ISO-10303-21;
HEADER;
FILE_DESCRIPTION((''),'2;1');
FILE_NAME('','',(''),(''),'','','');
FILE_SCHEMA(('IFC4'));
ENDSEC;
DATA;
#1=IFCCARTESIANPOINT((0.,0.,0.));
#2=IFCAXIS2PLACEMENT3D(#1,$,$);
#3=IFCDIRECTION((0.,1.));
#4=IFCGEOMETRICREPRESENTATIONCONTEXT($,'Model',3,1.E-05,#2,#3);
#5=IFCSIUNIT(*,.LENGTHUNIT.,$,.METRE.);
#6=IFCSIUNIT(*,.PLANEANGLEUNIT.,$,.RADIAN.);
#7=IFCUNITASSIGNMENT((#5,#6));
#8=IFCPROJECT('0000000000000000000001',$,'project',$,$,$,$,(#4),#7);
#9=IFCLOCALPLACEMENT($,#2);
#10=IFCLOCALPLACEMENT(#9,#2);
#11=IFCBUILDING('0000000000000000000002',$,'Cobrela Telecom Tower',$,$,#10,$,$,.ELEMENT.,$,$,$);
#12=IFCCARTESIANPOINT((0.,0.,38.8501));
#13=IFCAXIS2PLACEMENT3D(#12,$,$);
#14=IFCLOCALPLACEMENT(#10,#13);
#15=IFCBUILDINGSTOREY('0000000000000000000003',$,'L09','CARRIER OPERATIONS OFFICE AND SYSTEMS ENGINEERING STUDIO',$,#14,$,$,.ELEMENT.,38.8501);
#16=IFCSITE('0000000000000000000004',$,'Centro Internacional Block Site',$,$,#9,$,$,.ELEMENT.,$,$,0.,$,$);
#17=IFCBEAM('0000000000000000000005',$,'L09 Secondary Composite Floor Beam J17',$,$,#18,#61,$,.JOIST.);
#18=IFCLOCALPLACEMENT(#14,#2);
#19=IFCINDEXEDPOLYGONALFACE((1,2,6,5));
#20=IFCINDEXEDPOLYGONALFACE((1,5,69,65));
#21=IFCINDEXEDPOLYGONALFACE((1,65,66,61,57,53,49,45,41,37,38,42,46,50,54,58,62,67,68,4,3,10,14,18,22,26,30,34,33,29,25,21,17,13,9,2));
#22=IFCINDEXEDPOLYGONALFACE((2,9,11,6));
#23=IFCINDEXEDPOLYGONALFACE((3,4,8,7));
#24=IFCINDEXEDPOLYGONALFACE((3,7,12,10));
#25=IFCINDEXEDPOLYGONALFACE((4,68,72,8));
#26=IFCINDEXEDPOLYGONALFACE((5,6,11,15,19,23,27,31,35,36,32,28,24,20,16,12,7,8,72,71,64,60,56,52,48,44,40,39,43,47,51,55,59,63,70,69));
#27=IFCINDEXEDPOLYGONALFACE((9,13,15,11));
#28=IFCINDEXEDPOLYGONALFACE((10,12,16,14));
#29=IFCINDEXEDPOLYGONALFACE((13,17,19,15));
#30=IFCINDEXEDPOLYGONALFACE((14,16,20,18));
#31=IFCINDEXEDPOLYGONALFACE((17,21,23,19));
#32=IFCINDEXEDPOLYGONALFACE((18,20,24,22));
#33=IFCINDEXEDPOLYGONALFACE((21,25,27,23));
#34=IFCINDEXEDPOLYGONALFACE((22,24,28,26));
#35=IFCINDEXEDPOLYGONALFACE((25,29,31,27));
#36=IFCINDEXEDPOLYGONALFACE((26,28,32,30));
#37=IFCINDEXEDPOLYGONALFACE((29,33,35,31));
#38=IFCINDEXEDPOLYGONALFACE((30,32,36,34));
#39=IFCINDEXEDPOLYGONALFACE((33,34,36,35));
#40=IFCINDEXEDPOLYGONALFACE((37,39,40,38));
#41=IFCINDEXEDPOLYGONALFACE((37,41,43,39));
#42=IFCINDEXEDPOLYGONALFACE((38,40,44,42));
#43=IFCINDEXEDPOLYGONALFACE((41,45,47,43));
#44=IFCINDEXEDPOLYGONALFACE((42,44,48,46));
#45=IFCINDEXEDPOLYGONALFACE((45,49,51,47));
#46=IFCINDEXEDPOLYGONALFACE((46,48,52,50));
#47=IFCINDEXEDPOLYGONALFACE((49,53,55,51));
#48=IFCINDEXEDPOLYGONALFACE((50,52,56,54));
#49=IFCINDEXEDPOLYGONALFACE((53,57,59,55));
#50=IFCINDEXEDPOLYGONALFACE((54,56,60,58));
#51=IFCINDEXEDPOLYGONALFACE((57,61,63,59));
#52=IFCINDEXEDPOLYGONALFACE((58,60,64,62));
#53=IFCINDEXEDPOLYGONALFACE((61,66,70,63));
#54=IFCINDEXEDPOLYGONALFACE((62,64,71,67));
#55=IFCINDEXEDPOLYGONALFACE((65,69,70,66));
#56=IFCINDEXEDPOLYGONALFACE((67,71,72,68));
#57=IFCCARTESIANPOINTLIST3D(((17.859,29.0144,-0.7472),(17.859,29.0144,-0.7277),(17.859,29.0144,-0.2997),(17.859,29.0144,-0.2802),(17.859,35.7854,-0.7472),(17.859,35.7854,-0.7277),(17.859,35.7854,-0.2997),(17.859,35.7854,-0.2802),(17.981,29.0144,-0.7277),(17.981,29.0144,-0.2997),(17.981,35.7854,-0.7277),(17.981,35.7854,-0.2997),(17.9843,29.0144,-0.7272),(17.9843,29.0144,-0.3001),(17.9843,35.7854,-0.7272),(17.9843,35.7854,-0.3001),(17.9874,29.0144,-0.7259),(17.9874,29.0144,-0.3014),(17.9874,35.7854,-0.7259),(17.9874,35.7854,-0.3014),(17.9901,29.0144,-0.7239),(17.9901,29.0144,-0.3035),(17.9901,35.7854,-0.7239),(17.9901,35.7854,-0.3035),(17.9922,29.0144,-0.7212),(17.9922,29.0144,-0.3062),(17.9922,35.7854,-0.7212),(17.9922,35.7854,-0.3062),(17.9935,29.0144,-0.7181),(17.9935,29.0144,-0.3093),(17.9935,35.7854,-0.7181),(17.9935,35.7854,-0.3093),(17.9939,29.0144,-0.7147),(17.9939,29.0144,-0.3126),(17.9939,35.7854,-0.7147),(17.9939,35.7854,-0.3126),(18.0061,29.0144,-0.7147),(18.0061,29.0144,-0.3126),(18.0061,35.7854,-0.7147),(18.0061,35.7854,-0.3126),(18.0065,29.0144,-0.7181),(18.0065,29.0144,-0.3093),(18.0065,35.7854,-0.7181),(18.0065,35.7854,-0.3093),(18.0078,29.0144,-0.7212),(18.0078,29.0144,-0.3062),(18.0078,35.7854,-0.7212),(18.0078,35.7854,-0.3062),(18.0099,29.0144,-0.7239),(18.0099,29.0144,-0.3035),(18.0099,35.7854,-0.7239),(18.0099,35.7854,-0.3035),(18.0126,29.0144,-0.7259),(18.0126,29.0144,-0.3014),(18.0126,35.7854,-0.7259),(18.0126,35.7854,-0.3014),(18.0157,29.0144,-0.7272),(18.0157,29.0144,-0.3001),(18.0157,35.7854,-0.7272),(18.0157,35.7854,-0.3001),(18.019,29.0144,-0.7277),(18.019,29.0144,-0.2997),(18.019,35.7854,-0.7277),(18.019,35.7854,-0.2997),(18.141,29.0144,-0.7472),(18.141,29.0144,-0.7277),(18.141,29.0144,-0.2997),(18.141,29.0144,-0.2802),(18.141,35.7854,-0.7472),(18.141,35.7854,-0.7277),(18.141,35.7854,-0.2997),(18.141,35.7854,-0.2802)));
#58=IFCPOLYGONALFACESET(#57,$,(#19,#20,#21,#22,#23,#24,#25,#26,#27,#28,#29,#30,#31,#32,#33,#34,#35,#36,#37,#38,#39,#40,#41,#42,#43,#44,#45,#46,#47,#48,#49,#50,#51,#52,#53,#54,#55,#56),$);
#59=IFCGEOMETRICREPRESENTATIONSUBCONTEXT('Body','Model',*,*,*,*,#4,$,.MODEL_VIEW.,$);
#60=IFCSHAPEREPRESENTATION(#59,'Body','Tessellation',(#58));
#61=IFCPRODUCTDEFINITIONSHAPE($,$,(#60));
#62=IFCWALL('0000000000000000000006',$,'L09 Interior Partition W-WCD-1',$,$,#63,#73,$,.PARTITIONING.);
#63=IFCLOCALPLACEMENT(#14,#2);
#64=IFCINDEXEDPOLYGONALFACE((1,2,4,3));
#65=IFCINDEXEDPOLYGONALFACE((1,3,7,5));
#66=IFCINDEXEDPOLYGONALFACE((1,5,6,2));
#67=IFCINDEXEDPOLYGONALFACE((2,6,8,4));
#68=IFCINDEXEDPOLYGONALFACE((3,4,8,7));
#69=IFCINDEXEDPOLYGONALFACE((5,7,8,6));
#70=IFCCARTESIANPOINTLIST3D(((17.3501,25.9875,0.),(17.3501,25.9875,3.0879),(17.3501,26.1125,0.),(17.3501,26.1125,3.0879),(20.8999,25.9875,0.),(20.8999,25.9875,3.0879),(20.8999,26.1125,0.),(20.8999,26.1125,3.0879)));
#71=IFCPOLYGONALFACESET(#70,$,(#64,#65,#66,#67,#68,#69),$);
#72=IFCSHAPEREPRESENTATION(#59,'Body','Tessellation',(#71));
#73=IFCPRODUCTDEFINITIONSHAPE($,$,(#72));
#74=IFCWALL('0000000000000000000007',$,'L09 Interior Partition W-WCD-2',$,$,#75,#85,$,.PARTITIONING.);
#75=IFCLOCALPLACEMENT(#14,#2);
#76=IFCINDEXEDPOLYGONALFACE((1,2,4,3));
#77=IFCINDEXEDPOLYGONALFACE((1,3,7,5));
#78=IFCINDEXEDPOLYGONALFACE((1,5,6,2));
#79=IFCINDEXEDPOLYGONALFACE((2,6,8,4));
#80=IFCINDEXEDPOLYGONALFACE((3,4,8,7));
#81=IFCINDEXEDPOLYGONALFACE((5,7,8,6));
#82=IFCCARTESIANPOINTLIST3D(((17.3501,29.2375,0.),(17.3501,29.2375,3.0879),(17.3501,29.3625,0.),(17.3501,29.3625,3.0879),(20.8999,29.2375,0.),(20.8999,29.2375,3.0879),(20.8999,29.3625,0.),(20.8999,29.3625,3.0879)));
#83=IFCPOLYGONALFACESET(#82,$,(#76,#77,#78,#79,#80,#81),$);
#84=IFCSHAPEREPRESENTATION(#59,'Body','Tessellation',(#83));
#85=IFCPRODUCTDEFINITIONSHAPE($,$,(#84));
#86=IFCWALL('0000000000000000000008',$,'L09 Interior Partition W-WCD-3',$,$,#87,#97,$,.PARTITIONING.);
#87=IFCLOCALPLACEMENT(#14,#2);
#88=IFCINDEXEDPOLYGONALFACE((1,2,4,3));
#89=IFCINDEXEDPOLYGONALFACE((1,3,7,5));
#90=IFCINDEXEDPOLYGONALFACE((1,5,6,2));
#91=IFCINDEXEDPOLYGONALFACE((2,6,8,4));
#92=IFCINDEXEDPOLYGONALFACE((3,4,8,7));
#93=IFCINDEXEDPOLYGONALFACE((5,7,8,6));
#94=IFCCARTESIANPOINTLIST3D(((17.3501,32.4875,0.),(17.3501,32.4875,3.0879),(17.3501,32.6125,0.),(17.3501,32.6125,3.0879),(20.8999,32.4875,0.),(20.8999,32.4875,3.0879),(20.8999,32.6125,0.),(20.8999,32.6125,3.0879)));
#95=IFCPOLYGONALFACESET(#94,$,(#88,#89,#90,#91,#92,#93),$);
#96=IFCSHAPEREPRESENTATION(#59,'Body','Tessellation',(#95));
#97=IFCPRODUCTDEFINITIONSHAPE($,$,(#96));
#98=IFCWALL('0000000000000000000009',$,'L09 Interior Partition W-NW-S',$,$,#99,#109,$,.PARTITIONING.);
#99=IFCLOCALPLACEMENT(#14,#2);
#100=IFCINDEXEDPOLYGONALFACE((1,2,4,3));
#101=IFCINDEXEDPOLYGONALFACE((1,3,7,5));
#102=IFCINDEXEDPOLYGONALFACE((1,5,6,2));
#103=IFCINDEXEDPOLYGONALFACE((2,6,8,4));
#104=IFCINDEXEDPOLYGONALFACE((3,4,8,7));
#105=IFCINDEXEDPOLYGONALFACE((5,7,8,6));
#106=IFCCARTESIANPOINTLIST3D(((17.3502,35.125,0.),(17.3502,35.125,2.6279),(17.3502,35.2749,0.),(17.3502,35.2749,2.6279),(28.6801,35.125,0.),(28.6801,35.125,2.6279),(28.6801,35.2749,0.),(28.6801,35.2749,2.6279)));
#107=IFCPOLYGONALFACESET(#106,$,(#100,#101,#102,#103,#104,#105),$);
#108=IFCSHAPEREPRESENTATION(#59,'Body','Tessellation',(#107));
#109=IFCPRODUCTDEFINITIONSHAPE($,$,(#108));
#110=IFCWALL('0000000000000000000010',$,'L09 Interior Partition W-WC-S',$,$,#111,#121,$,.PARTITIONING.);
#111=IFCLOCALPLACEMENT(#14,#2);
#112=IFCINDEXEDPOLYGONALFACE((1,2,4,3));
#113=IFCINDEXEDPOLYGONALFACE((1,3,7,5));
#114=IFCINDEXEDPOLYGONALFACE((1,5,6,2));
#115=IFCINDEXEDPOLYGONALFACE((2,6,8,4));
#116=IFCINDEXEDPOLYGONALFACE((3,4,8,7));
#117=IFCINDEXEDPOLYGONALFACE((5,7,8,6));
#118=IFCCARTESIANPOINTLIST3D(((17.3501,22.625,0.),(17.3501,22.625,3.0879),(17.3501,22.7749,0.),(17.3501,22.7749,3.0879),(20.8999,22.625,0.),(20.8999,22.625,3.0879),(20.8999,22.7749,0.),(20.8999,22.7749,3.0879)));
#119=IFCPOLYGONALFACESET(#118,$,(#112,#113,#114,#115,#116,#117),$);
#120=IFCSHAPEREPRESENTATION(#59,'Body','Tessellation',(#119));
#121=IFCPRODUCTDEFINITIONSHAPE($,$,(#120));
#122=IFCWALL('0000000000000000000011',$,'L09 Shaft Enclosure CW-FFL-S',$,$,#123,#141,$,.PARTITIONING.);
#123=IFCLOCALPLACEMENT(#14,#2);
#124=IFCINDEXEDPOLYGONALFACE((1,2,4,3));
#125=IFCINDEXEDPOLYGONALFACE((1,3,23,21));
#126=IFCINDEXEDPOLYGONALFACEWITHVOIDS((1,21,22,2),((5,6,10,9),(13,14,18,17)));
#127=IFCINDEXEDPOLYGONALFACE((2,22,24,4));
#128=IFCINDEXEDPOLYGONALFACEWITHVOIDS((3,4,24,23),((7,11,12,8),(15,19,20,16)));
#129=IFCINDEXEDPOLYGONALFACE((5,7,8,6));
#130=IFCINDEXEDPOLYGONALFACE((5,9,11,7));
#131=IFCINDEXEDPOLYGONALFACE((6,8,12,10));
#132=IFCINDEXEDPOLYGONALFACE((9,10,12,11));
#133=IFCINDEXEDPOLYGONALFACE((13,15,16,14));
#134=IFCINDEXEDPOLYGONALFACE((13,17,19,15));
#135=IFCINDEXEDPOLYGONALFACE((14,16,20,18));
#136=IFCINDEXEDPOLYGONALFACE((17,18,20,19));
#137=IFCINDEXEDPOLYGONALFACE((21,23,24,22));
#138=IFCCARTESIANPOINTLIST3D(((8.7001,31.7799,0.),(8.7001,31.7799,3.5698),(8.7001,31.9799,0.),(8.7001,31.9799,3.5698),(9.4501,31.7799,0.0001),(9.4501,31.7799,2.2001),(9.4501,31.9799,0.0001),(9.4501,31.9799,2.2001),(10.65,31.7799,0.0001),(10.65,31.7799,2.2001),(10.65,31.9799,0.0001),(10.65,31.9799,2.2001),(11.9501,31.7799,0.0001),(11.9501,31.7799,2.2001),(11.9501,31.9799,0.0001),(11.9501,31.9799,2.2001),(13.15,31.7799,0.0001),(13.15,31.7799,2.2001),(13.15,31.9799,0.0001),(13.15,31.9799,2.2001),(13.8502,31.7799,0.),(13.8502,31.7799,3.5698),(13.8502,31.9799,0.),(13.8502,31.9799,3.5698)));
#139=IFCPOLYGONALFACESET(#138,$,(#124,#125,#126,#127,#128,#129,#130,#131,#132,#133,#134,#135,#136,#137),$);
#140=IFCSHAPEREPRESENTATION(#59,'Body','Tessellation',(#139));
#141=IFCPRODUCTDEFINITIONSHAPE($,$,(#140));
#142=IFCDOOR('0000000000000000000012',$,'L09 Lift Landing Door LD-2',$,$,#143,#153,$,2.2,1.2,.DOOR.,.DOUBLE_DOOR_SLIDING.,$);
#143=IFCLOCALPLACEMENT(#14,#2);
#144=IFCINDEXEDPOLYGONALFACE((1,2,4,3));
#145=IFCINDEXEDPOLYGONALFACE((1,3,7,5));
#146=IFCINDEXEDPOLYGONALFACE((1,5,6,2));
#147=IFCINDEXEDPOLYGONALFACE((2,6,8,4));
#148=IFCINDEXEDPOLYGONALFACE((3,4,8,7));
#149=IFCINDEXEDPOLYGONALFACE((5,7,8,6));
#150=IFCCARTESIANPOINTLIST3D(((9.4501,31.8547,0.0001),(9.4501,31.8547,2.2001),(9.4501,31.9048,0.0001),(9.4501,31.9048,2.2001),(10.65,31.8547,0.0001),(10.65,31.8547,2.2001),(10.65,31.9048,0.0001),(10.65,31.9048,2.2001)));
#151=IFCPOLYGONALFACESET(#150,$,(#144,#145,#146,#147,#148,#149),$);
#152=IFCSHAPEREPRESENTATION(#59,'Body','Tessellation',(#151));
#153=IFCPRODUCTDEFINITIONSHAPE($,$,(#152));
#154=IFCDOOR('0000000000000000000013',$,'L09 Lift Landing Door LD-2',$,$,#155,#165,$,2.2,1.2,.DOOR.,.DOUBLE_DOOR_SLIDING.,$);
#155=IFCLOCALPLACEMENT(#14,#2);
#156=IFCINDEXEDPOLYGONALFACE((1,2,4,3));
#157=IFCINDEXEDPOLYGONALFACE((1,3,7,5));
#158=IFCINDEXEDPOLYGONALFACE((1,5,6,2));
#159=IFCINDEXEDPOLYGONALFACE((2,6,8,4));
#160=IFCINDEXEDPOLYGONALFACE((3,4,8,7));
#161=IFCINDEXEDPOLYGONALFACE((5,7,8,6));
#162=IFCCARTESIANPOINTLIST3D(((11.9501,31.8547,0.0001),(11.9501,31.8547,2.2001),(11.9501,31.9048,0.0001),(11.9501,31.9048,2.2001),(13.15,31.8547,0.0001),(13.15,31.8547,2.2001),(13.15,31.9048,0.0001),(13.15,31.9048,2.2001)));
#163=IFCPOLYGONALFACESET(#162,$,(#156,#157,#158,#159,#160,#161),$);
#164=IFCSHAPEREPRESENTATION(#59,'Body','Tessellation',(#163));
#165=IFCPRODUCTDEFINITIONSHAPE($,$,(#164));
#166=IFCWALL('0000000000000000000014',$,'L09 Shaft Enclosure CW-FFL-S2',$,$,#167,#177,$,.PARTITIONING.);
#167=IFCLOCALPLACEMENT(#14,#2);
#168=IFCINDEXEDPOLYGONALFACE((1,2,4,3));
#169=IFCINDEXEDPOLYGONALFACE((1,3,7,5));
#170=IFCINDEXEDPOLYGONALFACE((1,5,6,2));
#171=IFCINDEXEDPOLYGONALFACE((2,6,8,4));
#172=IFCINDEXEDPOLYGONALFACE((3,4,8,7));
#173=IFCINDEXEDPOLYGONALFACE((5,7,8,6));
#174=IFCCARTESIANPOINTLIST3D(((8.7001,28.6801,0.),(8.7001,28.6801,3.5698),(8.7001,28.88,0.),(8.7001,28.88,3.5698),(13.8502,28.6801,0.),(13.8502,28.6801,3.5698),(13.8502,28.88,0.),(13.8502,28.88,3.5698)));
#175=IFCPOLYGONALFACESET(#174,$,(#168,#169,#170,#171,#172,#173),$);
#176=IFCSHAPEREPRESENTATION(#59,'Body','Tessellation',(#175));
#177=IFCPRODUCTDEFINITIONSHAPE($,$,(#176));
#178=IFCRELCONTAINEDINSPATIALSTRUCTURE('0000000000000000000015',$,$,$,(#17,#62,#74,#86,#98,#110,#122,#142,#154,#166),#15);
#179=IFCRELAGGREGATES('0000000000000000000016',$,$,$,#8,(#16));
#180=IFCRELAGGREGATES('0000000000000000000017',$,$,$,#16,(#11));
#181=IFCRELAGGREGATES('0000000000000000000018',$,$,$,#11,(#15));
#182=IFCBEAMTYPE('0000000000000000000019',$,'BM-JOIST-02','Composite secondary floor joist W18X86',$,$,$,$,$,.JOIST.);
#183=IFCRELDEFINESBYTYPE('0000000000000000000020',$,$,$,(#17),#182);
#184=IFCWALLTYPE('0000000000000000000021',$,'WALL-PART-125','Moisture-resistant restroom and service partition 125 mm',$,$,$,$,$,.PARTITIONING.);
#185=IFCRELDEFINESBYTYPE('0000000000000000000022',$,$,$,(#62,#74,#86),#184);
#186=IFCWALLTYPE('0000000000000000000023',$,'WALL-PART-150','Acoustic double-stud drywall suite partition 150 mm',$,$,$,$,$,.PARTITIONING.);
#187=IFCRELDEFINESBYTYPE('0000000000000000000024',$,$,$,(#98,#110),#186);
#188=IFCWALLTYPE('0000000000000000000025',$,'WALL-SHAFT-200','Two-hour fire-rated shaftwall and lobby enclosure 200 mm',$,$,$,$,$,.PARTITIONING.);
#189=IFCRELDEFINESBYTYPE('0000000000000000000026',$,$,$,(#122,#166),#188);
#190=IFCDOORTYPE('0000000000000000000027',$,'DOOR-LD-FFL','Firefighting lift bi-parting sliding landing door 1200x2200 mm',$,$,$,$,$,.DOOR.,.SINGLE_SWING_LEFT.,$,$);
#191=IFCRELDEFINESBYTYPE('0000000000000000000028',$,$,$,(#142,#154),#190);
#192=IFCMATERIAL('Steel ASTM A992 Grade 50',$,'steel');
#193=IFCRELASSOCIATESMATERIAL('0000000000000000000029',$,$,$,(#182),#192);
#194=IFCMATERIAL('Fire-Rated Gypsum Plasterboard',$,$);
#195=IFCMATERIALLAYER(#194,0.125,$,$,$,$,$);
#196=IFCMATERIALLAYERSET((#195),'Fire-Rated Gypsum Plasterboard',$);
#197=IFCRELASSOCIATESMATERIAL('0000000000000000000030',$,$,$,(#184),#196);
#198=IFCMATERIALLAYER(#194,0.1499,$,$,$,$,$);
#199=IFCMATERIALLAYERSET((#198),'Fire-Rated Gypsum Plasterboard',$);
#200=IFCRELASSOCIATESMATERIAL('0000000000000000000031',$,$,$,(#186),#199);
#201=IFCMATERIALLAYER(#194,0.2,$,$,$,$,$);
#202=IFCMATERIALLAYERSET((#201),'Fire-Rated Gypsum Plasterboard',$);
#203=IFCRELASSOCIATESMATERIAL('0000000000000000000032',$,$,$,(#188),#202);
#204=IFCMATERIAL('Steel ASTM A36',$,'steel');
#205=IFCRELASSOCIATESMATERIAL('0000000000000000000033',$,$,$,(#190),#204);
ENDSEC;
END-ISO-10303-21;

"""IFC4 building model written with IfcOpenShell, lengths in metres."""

from ifc_helpers import new_model, si_unit, direction, frame, frame_2d, origin, origin_2d, place, context, subcontext, project, spatial, rectangle, i_section, extrude, material, layer, layer_set, material_profile, profile_set, type_object, element, fill, save


model = new_model("IFC4")

# Units and contexts
model_context = context("Model", 3, precision=1e-05, world=origin(), true_north=direction((0.0, 1.0)))
body_context = subcontext(model_context, "Body", "Model", "MODEL_VIEW")
ifc_project = project(units=[si_unit("LENGTHUNIT", "METRE"), si_unit("PLANEANGLEUNIT", "RADIAN")], contexts=[model_context])

# Site, building, storey
site_placement = place(None, origin())
site = spatial("IfcSite", under=ifc_project, at=site_placement, Name="Centro Internacional Block Site", CompositionType="ELEMENT", RefElevation=0.0)
building_placement = place(site_placement, origin())
building = spatial("IfcBuilding", under=site, at=building_placement, Name="Cobrela Telecom Tower", CompositionType="ELEMENT")
storey_placement = place(building_placement, frame((0.0, 0.0, 38.8501)))
storey = spatial("IfcBuildingStorey", under=building, at=storey_placement, Name="L09", Description="CARRIER OPERATIONS OFFICE AND SYSTEMS ENGINEERING STUDIO", CompositionType="ELEMENT", Elevation=38.8501)

# Beam
ifc_material_1 = material(Name="Steel ASTM A992 Grade 50", Category="steel")
ifc_material_profile_1 = material_profile(ifc_material_1, i_section(OverallWidth=0.282, OverallDepth=0.467, WebThickness=0.0122, FlangeThickness=0.0195, FilletRadius=0.0129, at=origin_2d()), Name="W18X86")
ifc_profile_set_1 = profile_set([ifc_material_profile_1], Name="Steel ASTM A992 Grade 50")
beam_type_1 = type_object("IfcBeamType", Name="BM-JOIST-02", Description="Composite secondary floor joist W18X86", PredefinedType="JOIST", material=ifc_profile_set_1)
for number, where, z_axis, x_axis, name in (
    (1, (18.0, 29.0144, -0.5137), (0.0, 1.0, 0.0), (-1.0, 0.0, 0.0), "L09 Secondary Composite Floor Beam J17"),
):
    element("IfcBeam", number, at=place(storey_placement, frame(where, z_axis=z_axis, x_axis=x_axis)), inside=storey, type_object=beam_type_1, Name=name, PredefinedType="JOIST", context=body_context, shape_type="SweptSolid", body=[
        extrude(i_section(OverallWidth=0.282, OverallDepth=0.467, WebThickness=0.0122, FlangeThickness=0.0195, FilletRadius=0.0129, at=origin_2d()), origin(), (0.0, 0.0, 1.0), 6.771),
    ])

# Shared definitions
ifc_material_2 = material(Name="Steel ASTM A36", Category="steel")

# Walls
ifc_material_3 = material(Name="Fire-Rated Gypsum Plasterboard")
ifc_layer_1 = layer(ifc_material_3, 0.125)
ifc_layer_set_1 = layer_set([ifc_layer_1], Name="Fire-Rated Gypsum Plasterboard")
wall_type_1 = type_object("IfcWallType", Name="WALL-PART-125", Description="Moisture-resistant restroom and service partition 125 mm", PredefinedType="PARTITIONING", material=ifc_layer_set_1)
for number, where, z_axis, x_axis, name in (
    (2, (17.3501, 26.05, 0.0), (0.0, 0.0, 1.0), (1.0, 0.0, 0.0), "L09 Interior Partition W-WCD-1"),
    (3, (17.3501, 29.3, 0.0), (0.0, 0.0, 1.0), (1.0, 0.0, 0.0), "L09 Interior Partition W-WCD-2"),
    (4, (17.3501, 32.55, 0.0), (0.0, 0.0, 1.0), (1.0, 0.0, 0.0), "L09 Interior Partition W-WCD-3"),
):
    element("IfcWall", number, at=place(storey_placement, frame(where, z_axis=z_axis, x_axis=x_axis)), inside=storey, type_object=wall_type_1, Name=name, PredefinedType="PARTITIONING", context=body_context, shape_type="SweptSolid", body=[
        extrude(rectangle(XDim=3.5498, YDim=0.125, at=frame_2d((1.7749, 0.0))), origin(), (0.0, 0.0, 1.0), 3.0879),
    ])

# Shared definitions
ifc_layer_2 = layer(ifc_material_3, 0.1499)
ifc_layer_set_2 = layer_set([ifc_layer_2], Name="Fire-Rated Gypsum Plasterboard")
wall_type_2 = type_object("IfcWallType", Name="WALL-PART-150", Description="Acoustic double-stud drywall suite partition 150 mm", PredefinedType="PARTITIONING", material=ifc_layer_set_2)

# Walls
wall_1_placement = place(storey_placement, frame((17.3501, 35.2, 0.0), z_axis=(0.0, 0.0, 1.0), x_axis=(1.0, 0.0, 0.0)))
element("IfcWall", 5, at=wall_1_placement, inside=storey, type_object=wall_type_2, Name="L09 Interior Partition W-NW-S", PredefinedType="PARTITIONING", context=body_context, shape_type="SweptSolid", body=[
    extrude(rectangle(XDim=11.3298, YDim=0.1499, at=frame_2d((5.665, 0.0))), origin(), (0.0, 0.0, 1.0), 2.6279),
])
wall_2_placement = place(storey_placement, frame((17.3501, 22.7, 0.0), z_axis=(0.0, 0.0, 1.0), x_axis=(1.0, 0.0, 0.0)))
element("IfcWall", 6, at=wall_2_placement, inside=storey, type_object=wall_type_2, Name="L09 Interior Partition W-WC-S", PredefinedType="PARTITIONING", context=body_context, shape_type="SweptSolid", body=[
    extrude(rectangle(XDim=3.5498, YDim=0.1499, at=frame_2d((1.7749, 0.0))), origin(), (0.0, 0.0, 1.0), 3.0879),
])

# Wall, openings, doors
ifc_layer_3 = layer(ifc_material_3, 0.2)
ifc_layer_set_3 = layer_set([ifc_layer_3], Name="Fire-Rated Gypsum Plasterboard")
wall_type_3 = type_object("IfcWallType", Name="WALL-SHAFT-200", Description="Two-hour fire-rated shaftwall and lobby enclosure 200 mm", PredefinedType="PARTITIONING", material=ifc_layer_set_3)
wall_3_placement = place(storey_placement, frame((8.7, 31.8799, 0.0), z_axis=(0.0, 0.0, 1.0), x_axis=(1.0, 0.0, 0.0)))
wall_3 = element("IfcWall", 7, at=wall_3_placement, inside=storey, type_object=wall_type_3, Name="L09 Shaft Enclosure CW-FFL-S", PredefinedType="PARTITIONING", context=body_context, shape_type="SweptSolid", body=[
    extrude(rectangle(XDim=5.1501, YDim=0.2, at=frame_2d((2.5752, 0.0))), origin(), (0.0, 0.0, 1.0), 3.5698),
])
opening_1_placement = place(wall_3_placement, frame((0.75, 0.0, 0.0)))
opening_1 = element("IfcOpeningElement", 8, at=opening_1_placement, cuts=wall_3, PredefinedType="OPENING", context=body_context, shape_type="SweptSolid", body=[
    extrude(rectangle(XDim=1.2, YDim=2.2, at=frame_2d((0.6001, 1.1001))), frame((0.0, 0.1118, 0.0), z_axis=(0.0, -1.0, 0.0), x_axis=(1.0, 0.0, 0.0)), (0.0, 0.0, 1.0), 0.2239),
])
opening_2_placement = place(wall_3_placement, frame((3.25, 0.0, 0.0)))
opening_2 = element("IfcOpeningElement", 9, at=opening_2_placement, cuts=wall_3, PredefinedType="OPENING", context=body_context, shape_type="SweptSolid", body=[
    extrude(rectangle(XDim=1.2, YDim=2.2, at=frame_2d((0.6001, 1.1001))), frame((0.0, 0.1118, 0.0), z_axis=(0.0, -1.0, 0.0), x_axis=(1.0, 0.0, 0.0)), (0.0, 0.0, 1.0), 0.2239),
])
door_type_1 = type_object("IfcDoorType", Name="DOOR-LD-FFL", Description="Firefighting lift bi-parting sliding landing door 1200x2200 mm", OperationType="SINGLE_SWING_LEFT", PredefinedType="DOOR", material=ifc_material_2)
door_1_placement = place(opening_1_placement, origin())
door_1 = element("IfcDoor", 10, at=door_1_placement, inside=storey, type_object=door_type_1, Name="L09 Lift Landing Door LD-2", OperationType="DOUBLE_DOOR_SLIDING", OverallHeight=2.2, OverallWidth=1.2, PredefinedType="DOOR", context=body_context, shape_type="SweptSolid", body=[
    extrude(rectangle(XDim=1.2, YDim=2.2, at=frame_2d((0.6001, 1.1001))), frame((0.0, 0.0249, 0.0), z_axis=(0.0, -1.0, 0.0), x_axis=(1.0, 0.0, 0.0)), (0.0, 0.0, 1.0), 0.05),
])
fill(opening_1, door_1)
door_2_placement = place(opening_2_placement, origin())
door_2 = element("IfcDoor", 11, at=door_2_placement, inside=storey, type_object=door_type_1, Name="L09 Lift Landing Door LD-2", OperationType="DOUBLE_DOOR_SLIDING", OverallHeight=2.2, OverallWidth=1.2, PredefinedType="DOOR", context=body_context, shape_type="SweptSolid", body=[
    extrude(rectangle(XDim=1.2, YDim=2.2, at=frame_2d((0.6001, 1.1001))), frame((0.0, 0.0249, 0.0), z_axis=(0.0, -1.0, 0.0), x_axis=(1.0, 0.0, 0.0)), (0.0, 0.0, 1.0), 0.05),
])
fill(opening_2, door_2)

# Wall
wall_4_placement = place(storey_placement, frame((8.7, 28.78, 0.0), z_axis=(0.0, 0.0, 1.0), x_axis=(1.0, 0.0, 0.0)))
element("IfcWall", 12, at=wall_4_placement, inside=storey, type_object=wall_type_3, Name="L09 Shaft Enclosure CW-FFL-S2", PredefinedType="PARTITIONING", context=body_context, shape_type="SweptSolid", body=[
    extrude(rectangle(XDim=5.1501, YDim=0.2, at=frame_2d((2.5752, 0.0))), origin(), (0.0, 0.0, 1.0), 3.5698),
])

save(model, "model.ifc")
